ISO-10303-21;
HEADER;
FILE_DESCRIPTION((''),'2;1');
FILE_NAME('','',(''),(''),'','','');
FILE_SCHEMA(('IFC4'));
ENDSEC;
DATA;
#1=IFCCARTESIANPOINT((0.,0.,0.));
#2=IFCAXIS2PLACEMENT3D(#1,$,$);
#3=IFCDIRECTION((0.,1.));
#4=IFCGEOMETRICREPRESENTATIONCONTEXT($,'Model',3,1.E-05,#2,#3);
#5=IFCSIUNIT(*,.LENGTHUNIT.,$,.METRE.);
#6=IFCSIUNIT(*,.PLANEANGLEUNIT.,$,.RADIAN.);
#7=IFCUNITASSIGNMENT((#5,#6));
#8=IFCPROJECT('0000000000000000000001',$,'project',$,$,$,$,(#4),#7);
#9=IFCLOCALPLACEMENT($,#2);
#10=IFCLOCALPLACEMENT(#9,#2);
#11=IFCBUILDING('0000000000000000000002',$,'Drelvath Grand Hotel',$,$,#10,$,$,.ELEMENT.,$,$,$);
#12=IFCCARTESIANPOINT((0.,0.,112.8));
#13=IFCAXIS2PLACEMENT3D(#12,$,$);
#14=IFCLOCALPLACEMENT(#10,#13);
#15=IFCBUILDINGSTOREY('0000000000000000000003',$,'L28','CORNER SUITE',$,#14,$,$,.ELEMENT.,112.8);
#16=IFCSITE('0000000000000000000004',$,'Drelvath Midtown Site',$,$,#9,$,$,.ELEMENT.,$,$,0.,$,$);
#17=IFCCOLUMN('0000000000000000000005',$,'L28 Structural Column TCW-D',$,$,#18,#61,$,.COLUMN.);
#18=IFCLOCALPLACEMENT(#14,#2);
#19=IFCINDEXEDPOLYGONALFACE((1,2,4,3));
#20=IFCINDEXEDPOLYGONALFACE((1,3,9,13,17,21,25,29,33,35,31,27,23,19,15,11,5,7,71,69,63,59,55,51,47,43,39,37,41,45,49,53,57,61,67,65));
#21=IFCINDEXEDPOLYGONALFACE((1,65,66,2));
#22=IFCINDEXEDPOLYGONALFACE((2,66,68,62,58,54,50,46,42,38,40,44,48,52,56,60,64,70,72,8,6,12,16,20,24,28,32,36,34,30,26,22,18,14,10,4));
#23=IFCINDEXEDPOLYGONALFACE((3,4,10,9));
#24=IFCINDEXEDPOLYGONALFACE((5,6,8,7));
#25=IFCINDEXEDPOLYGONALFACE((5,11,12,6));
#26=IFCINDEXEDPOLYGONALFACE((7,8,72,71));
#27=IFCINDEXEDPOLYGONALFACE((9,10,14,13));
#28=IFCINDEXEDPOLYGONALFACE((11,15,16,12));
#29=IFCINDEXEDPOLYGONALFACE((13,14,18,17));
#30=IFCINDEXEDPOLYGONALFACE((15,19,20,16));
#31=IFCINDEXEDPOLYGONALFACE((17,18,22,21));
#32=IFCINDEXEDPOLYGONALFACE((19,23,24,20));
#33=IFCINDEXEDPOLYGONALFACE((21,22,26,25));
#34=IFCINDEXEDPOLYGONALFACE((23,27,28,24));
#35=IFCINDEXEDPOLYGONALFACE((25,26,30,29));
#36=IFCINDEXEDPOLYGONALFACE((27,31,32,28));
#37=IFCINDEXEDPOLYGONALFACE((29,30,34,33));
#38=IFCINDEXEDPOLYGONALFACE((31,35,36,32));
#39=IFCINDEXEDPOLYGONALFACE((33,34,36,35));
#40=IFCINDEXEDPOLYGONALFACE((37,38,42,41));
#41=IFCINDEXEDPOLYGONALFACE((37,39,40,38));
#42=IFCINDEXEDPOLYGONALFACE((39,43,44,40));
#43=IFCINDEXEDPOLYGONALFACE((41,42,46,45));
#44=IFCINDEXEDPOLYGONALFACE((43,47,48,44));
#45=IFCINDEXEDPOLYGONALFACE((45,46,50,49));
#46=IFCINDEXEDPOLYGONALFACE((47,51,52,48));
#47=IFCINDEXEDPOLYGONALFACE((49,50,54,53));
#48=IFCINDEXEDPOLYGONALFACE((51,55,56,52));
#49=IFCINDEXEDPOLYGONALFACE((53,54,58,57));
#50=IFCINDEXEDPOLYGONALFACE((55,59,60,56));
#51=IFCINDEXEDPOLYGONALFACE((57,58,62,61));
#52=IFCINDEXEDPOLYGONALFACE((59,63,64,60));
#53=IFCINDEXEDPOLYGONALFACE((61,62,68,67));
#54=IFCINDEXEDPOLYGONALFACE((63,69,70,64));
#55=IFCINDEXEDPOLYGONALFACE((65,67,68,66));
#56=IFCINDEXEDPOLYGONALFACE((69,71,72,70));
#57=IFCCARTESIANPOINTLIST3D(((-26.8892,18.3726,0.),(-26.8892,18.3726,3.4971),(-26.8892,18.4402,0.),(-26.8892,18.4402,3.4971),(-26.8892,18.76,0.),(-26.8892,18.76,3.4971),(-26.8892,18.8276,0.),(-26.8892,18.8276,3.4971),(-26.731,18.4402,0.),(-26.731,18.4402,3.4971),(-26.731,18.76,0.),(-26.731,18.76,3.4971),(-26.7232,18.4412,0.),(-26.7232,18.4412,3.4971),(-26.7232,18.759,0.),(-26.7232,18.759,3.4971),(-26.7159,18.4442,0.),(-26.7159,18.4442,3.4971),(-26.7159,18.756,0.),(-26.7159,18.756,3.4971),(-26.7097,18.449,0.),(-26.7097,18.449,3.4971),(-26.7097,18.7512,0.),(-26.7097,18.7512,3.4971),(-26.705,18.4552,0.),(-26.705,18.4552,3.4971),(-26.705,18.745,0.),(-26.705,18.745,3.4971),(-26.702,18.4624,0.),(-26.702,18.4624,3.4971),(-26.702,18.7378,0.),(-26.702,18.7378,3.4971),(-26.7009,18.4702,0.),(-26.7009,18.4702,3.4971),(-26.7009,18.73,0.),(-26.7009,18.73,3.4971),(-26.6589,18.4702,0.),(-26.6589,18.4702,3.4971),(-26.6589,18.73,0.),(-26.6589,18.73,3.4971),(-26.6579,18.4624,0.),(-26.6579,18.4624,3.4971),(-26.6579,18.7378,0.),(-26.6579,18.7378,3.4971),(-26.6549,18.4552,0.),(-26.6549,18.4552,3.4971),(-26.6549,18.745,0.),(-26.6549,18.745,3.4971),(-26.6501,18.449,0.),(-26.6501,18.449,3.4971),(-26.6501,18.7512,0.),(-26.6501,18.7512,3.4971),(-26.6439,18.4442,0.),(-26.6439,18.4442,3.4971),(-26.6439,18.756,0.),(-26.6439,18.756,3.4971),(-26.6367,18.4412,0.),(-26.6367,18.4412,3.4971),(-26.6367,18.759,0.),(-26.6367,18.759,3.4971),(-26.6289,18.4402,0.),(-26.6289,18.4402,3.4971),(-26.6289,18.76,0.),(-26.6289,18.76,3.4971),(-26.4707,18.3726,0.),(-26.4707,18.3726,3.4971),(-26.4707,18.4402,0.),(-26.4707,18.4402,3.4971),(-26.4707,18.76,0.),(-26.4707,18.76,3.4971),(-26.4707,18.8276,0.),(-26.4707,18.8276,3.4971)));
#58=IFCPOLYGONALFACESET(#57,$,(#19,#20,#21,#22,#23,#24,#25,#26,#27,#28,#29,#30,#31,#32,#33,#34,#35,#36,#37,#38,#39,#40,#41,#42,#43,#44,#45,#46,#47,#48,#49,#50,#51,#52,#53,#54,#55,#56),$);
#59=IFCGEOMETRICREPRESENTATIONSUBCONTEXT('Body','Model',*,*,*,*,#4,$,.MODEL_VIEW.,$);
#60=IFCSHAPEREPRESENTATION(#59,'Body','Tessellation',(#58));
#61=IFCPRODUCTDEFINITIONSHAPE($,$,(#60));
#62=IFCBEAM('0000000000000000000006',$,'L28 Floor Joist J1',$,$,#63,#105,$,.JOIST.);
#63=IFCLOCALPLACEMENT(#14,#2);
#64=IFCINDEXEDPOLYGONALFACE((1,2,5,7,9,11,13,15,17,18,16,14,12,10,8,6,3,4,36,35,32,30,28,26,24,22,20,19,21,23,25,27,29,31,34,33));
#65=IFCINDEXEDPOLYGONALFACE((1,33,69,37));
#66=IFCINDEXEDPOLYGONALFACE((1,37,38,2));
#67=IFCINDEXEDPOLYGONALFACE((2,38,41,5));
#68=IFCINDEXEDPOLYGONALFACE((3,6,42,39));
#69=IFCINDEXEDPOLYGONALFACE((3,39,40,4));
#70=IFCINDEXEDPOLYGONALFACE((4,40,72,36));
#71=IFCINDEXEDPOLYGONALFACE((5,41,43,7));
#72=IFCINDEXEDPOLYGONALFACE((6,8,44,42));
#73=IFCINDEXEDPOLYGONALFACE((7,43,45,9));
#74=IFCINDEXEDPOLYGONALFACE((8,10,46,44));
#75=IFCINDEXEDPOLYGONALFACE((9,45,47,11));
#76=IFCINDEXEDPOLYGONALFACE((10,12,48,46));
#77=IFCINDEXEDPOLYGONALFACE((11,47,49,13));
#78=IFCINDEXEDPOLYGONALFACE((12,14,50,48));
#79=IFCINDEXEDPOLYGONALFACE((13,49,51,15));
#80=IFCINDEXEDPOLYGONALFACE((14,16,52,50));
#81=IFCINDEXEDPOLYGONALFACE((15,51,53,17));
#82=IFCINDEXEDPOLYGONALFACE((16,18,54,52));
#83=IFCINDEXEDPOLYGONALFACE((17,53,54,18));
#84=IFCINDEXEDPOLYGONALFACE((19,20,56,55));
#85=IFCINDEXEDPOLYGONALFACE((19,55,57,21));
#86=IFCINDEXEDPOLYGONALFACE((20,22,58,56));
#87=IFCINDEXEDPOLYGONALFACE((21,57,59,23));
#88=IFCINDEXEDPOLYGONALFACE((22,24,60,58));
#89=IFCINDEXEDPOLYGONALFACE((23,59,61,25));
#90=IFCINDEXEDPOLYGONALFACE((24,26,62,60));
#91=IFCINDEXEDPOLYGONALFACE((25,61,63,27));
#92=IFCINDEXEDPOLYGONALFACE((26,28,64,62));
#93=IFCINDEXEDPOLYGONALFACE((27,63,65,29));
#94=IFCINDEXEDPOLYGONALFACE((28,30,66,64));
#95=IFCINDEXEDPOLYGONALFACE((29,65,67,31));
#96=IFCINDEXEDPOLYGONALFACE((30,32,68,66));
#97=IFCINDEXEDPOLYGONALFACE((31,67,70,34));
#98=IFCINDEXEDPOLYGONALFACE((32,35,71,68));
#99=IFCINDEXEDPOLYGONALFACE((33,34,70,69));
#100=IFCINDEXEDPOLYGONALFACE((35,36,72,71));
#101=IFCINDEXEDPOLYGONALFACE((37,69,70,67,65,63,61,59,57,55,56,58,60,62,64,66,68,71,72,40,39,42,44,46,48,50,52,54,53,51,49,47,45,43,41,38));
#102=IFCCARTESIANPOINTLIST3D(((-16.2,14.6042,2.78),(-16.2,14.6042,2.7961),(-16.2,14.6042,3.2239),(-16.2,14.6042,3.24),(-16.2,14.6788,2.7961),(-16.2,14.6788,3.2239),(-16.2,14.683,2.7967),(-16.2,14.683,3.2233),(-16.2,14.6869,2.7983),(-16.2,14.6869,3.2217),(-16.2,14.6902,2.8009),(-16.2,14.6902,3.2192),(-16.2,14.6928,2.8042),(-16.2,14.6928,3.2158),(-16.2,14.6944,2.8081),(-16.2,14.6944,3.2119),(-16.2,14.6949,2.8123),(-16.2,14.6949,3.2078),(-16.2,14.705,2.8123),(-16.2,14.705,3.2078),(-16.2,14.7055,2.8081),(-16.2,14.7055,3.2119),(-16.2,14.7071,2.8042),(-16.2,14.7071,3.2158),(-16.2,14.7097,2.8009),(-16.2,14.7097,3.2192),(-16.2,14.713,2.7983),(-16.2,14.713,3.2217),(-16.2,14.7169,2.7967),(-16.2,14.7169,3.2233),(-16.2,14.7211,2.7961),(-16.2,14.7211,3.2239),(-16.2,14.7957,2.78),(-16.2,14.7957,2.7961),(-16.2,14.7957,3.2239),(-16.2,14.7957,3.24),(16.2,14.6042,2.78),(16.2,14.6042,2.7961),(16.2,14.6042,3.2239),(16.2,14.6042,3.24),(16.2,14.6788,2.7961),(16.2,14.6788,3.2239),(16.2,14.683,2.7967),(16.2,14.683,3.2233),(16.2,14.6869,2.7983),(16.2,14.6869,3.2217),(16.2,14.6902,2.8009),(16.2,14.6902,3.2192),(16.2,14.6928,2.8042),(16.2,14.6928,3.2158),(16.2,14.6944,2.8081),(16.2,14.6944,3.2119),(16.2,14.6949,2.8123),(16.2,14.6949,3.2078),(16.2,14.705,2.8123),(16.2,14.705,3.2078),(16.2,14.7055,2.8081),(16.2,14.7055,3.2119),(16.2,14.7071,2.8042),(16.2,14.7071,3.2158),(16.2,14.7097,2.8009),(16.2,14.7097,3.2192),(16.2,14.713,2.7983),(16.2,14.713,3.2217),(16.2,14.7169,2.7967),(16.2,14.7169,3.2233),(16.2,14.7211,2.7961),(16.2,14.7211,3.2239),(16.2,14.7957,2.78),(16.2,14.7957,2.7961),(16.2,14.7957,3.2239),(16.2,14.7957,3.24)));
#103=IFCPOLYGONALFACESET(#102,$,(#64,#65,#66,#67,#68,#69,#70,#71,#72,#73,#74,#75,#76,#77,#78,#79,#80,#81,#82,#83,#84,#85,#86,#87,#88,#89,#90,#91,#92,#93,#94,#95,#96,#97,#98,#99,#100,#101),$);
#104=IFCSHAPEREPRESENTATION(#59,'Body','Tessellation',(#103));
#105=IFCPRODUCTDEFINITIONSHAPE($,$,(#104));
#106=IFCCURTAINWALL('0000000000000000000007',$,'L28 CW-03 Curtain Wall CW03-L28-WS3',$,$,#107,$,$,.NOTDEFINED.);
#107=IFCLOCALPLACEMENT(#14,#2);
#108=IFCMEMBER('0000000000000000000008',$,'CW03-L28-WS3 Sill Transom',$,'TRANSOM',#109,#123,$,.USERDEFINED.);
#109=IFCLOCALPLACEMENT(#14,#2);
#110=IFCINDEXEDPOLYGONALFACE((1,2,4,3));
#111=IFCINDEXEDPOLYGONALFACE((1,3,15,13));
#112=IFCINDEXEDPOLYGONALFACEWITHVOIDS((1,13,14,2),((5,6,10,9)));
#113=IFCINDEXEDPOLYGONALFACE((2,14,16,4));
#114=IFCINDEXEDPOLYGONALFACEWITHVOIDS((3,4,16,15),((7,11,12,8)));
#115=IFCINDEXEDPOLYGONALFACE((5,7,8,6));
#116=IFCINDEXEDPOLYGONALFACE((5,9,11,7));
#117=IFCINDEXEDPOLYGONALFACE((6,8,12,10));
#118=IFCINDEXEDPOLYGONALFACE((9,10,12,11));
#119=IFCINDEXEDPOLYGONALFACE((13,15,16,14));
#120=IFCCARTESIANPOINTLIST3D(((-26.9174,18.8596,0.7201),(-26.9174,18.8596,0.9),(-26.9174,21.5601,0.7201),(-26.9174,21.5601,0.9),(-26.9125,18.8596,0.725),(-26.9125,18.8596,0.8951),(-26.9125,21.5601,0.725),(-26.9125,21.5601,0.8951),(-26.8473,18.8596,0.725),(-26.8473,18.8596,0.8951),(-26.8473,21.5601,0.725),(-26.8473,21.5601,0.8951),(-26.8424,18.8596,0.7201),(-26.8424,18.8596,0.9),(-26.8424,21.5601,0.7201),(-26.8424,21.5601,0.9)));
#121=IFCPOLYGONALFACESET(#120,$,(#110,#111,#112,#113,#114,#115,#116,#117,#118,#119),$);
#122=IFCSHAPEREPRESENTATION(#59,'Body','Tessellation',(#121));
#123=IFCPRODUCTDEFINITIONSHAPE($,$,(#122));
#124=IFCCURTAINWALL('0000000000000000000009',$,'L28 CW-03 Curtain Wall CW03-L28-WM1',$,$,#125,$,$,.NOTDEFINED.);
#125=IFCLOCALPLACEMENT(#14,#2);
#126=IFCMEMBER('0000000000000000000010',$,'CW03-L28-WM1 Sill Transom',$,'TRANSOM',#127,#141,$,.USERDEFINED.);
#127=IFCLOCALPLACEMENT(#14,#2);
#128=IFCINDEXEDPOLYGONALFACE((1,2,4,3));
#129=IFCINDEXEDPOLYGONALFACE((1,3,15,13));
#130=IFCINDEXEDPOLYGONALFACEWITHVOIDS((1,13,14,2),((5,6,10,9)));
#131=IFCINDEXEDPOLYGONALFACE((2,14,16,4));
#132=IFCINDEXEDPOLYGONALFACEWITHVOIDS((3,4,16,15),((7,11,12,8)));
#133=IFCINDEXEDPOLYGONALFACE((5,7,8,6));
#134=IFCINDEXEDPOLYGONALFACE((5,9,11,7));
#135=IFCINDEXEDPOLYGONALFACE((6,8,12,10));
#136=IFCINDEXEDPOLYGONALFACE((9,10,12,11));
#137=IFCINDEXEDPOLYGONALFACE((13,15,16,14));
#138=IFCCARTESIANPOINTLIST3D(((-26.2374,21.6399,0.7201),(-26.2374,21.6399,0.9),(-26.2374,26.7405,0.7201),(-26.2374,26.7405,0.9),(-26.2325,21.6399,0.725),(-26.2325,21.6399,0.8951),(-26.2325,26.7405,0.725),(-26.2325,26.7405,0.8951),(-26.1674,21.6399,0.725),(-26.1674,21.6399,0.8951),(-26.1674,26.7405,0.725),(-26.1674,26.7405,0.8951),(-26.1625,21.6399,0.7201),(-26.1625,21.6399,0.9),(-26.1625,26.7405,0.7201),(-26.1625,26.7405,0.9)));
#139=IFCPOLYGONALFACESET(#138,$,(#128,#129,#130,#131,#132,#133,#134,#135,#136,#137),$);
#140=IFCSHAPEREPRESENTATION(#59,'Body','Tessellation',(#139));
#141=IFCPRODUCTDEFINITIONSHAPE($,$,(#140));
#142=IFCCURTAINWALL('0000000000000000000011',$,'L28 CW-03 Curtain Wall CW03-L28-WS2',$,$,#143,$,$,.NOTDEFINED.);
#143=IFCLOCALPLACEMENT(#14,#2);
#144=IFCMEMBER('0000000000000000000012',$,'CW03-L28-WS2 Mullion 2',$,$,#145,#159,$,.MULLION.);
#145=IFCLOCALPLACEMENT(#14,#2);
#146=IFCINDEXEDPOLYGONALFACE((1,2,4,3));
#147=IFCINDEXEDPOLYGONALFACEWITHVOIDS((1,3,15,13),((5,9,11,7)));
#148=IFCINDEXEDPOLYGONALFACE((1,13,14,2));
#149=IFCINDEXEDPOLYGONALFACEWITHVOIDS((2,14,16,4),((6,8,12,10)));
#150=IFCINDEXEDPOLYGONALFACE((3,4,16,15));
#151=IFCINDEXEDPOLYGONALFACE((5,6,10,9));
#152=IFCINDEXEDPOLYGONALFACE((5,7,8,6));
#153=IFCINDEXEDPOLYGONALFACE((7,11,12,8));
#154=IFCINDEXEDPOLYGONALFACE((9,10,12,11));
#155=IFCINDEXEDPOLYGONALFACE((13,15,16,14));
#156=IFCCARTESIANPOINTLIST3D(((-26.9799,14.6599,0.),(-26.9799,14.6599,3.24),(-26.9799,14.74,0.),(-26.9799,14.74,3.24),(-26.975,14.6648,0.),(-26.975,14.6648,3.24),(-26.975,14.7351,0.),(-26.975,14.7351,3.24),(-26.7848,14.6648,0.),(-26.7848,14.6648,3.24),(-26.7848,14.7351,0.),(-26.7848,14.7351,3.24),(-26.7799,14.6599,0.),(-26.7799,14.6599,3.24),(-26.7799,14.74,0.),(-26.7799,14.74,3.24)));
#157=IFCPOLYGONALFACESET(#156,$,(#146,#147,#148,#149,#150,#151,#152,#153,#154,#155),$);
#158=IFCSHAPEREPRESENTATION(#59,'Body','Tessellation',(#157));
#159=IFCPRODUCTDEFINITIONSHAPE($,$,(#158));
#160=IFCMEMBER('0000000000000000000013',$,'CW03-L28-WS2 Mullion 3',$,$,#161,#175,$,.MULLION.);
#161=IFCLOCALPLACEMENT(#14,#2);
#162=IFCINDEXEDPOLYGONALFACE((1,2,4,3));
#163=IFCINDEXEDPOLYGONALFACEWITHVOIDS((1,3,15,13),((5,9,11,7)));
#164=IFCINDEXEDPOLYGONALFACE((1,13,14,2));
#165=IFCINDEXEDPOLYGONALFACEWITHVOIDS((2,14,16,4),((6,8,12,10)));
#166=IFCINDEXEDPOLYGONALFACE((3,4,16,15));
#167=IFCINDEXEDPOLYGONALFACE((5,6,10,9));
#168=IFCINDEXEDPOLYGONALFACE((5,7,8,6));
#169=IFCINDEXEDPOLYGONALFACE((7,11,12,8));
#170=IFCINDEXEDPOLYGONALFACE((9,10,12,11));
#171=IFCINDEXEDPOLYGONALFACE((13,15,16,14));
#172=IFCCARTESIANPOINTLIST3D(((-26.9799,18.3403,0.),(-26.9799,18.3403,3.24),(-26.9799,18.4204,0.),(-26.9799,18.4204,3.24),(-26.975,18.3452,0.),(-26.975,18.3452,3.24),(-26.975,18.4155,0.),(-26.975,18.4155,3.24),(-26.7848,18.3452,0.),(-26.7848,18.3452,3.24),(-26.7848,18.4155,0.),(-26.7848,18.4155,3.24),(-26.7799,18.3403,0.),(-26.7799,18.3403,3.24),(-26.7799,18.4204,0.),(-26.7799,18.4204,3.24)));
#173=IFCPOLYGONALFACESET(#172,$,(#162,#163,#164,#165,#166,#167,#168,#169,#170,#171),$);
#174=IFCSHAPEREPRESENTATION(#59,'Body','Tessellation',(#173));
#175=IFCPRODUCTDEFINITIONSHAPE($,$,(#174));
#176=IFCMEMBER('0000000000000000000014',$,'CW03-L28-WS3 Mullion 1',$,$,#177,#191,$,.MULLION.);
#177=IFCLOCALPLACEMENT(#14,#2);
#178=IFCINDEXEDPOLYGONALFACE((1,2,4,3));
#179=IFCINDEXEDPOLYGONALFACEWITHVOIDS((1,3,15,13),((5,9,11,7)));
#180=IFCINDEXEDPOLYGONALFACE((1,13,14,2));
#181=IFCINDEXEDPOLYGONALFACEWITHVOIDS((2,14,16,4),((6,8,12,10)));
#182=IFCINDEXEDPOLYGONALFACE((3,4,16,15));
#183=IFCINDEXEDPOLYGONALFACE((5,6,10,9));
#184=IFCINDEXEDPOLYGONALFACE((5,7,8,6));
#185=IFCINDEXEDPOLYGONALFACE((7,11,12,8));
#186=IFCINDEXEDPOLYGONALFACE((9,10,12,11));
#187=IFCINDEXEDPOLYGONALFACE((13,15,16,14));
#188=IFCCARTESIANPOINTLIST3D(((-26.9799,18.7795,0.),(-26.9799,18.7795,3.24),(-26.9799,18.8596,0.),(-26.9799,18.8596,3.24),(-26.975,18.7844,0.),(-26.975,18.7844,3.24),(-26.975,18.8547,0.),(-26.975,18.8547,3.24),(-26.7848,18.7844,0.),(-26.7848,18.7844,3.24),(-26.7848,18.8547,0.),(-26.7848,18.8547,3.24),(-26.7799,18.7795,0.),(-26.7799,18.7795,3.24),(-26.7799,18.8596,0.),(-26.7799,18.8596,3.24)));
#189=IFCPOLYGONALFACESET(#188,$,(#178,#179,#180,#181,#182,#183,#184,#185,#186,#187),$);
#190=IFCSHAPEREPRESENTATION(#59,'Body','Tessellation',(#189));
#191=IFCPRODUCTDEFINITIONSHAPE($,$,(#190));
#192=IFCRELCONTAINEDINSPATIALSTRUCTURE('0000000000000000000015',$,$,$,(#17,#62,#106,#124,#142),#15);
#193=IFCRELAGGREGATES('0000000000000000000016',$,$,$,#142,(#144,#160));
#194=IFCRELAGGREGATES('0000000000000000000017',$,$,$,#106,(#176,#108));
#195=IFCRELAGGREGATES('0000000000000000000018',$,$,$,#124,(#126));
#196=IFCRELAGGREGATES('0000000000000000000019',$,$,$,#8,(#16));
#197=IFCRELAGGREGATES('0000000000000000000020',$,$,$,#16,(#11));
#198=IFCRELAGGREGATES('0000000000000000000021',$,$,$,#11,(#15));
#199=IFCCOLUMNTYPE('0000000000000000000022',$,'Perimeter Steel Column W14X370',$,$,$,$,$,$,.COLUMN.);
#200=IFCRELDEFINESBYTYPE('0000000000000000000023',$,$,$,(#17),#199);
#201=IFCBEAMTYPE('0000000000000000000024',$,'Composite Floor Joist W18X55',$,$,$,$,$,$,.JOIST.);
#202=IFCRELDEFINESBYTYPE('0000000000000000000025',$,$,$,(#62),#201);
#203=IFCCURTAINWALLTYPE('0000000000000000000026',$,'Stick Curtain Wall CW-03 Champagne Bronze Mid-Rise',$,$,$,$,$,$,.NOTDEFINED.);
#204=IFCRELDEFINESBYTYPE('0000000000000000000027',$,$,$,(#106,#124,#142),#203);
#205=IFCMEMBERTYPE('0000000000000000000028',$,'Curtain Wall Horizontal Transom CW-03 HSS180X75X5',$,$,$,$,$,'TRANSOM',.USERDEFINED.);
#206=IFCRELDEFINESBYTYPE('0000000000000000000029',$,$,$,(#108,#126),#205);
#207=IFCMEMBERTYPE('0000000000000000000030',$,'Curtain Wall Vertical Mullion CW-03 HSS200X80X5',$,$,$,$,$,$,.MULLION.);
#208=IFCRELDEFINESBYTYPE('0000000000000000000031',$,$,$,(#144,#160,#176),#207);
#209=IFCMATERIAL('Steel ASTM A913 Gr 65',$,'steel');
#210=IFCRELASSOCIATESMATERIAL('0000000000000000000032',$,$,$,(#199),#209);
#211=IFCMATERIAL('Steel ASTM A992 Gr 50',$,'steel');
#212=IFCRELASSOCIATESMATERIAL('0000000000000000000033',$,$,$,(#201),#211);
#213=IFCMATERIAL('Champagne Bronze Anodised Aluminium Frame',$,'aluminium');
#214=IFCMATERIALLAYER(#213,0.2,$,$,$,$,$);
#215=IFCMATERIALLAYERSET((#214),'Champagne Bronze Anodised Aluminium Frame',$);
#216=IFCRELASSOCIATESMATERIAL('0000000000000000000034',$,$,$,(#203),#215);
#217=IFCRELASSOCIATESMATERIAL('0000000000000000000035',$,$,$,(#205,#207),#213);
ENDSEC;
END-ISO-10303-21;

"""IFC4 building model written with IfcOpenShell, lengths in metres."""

from ifc_helpers import new_model, si_unit, direction, frame, origin, origin_2d, place, context, subcontext, project, spatial, hollow_rectangle, i_section, extrude, material, layer, layer_set, material_profile, profile_set, type_object, element, aggregate, save


model = new_model("IFC4")

# Units and contexts
model_context = context("Model", 3, precision=1e-05, world=origin(), true_north=direction((0.0, 1.0)))
body_context = subcontext(model_context, "Body", "Model", "MODEL_VIEW")
ifc_project = project(units=[si_unit("LENGTHUNIT", "METRE"), si_unit("PLANEANGLEUNIT", "RADIAN")], contexts=[model_context])

# Site, building, storey
site_placement = place(None, origin())
site = spatial("IfcSite", under=ifc_project, at=site_placement, Name="Drelvath Midtown Site", CompositionType="ELEMENT", RefElevation=0.0)
building_placement = place(site_placement, origin())
building = spatial("IfcBuilding", under=site, at=building_placement, Name="Drelvath Grand Hotel", CompositionType="ELEMENT")
storey_placement = place(building_placement, frame((0.0, 0.0, 112.8)))
storey = spatial("IfcBuildingStorey", under=building, at=storey_placement, Name="L28", Description="CORNER SUITE", CompositionType="ELEMENT", Elevation=112.8)

# Column
ifc_material_1 = material(Name="Steel ASTM A913 Gr 65", Category="steel")
ifc_material_profile_1 = material_profile(ifc_material_1, i_section(OverallWidth=0.4185, OverallDepth=0.4551, WebThickness=0.042, FlangeThickness=0.0676, FilletRadius=0.03, at=origin_2d()), Name="W14X370")
ifc_profile_set_1 = profile_set([ifc_material_profile_1], Name="Steel ASTM A913 Gr 65")
column_type = type_object("IfcColumnType", Name="Perimeter Steel Column W14X370", PredefinedType="COLUMN", material=ifc_profile_set_1)
column_placement = place(storey_placement, frame((-26.6799, 18.6001, 0.0), z_axis=(0.0, 0.0, 1.0), x_axis=(1.0, 0.0, 0.0)))
element("IfcColumn", 1, at=column_placement, inside=storey, type_object=column_type, Name="L28 Structural Column TCW-D", PredefinedType="COLUMN", context=body_context, shape_type="SweptSolid", body=[
    extrude(i_section(OverallWidth=0.4185, OverallDepth=0.4551, WebThickness=0.042, FlangeThickness=0.0676, FilletRadius=0.03, at=origin_2d()), origin(), (0.0, 0.0, 1.0), 3.4971),
])

# Beam
ifc_material_2 = material(Name="Steel ASTM A992 Gr 50", Category="steel")
ifc_material_profile_2 = material_profile(ifc_material_2, i_section(OverallWidth=0.1914, OverallDepth=0.46, WebThickness=0.01, FlangeThickness=0.0161, FilletRadius=0.0161, at=origin_2d()), Name="W18X55")
ifc_profile_set_2 = profile_set([ifc_material_profile_2], Name="Steel ASTM A992 Gr 50")
beam_type_1 = type_object("IfcBeamType", Name="Composite Floor Joist W18X55", PredefinedType="JOIST", material=ifc_profile_set_2)
beam_1_placement = place(storey_placement, frame((-16.2, 14.7, 3.01), z_axis=(1.0, 0.0, 0.0), x_axis=(0.0, 1.0, 0.0)))
element("IfcBeam", 2, at=beam_1_placement, inside=storey, type_object=beam_type_1, Name="L28 Floor Joist J1", PredefinedType="JOIST", context=body_context, shape_type="SweptSolid", body=[
    extrude(i_section(OverallWidth=0.1914, OverallDepth=0.46, WebThickness=0.01, FlangeThickness=0.0161, FilletRadius=0.0161, at=origin_2d()), origin(), (0.0, 0.0, 1.0), 32.3999),
])

# Curtain walls, members
ifc_material_3 = material(Name="Champagne Bronze Anodised Aluminium Frame", Category="aluminium")
ifc_layer_1 = layer(ifc_material_3, 0.2)
ifc_layer_set_1 = layer_set([ifc_layer_1], Name="Champagne Bronze Anodised Aluminium Frame")
curtain_wall_type = type_object("IfcCurtainWallType", Name="Stick Curtain Wall CW-03 Champagne Bronze Mid-Rise", PredefinedType="NOTDEFINED", material=ifc_layer_set_1)
curtain_wall_1_placement = place(storey_placement, origin())
curtain_wall_1 = element("IfcCurtainWall", 3, at=curtain_wall_1_placement, inside=storey, type_object=curtain_wall_type, Name="L28 CW-03 Curtain Wall CW03-L28-WS3", PredefinedType="NOTDEFINED")
ifc_material_profile_3 = material_profile(ifc_material_3, hollow_rectangle(XDim=0.075, YDim=0.1799, WallThickness=0.0049, at=origin_2d()), Name="HSS180X75X5")
ifc_profile_set_3 = profile_set([ifc_material_profile_3], Name="Champagne Bronze Anodised Aluminium Frame")
member_type_1 = type_object("IfcMemberType", Name="Curtain Wall Horizontal Transom CW-03 HSS180X75X5", ElementType="TRANSOM", PredefinedType="USERDEFINED", material=ifc_profile_set_3)
member_1_placement = place(storey_placement, frame((-26.8799, 18.8596, 0.8101), z_axis=(0.0, 1.0, 0.0), x_axis=(-1.0, 0.0, 0.0)))
member_1 = element("IfcMember", 4, at=member_1_placement, type_object=member_type_1, Name="CW03-L28-WS3 Sill Transom", ObjectType="TRANSOM", PredefinedType="USERDEFINED", context=body_context, shape_type="SweptSolid", body=[
    extrude(hollow_rectangle(XDim=0.075, YDim=0.1799, WallThickness=0.0049, at=origin_2d()), origin(), (0.0, 0.0, 1.0), 2.7004),
])
curtain_wall_2_placement = place(storey_placement, origin())
curtain_wall_2 = element("IfcCurtainWall", 5, at=curtain_wall_2_placement, inside=storey, type_object=curtain_wall_type, Name="L28 CW-03 Curtain Wall CW03-L28-WM1", PredefinedType="NOTDEFINED")
member_2_placement = place(storey_placement, frame((-26.2, 21.6399, 0.8101), z_axis=(0.0, 1.0, 0.0), x_axis=(-1.0, 0.0, 0.0)))
member_2 = element("IfcMember", 6, at=member_2_placement, type_object=member_type_1, Name="CW03-L28-WM1 Sill Transom", ObjectType="TRANSOM", PredefinedType="USERDEFINED", context=body_context, shape_type="SweptSolid", body=[
    extrude(hollow_rectangle(XDim=0.075, YDim=0.1799, WallThickness=0.0049, at=origin_2d()), origin(), (0.0, 0.0, 1.0), 5.1006),
])

# Curtain wall, members
curtain_wall_3_placement = place(storey_placement, origin())
curtain_wall_3 = element("IfcCurtainWall", 7, at=curtain_wall_3_placement, inside=storey, type_object=curtain_wall_type, Name="L28 CW-03 Curtain Wall CW03-L28-WS2", PredefinedType="NOTDEFINED")
ifc_material_profile_4 = material_profile(ifc_material_3, hollow_rectangle(XDim=0.0801, YDim=0.2, WallThickness=0.0049, at=origin_2d()), Name="HSS200X80X5")
ifc_profile_set_4 = profile_set([ifc_material_profile_4], Name="Champagne Bronze Anodised Aluminium Frame")
member_type_2 = type_object("IfcMemberType", Name="Curtain Wall Vertical Mullion CW-03 HSS200X80X5", PredefinedType="MULLION", material=ifc_profile_set_4)
member_3_placement = place(storey_placement, frame((-26.8799, 14.7, 0.0), z_axis=(0.0, 0.0, 1.0), x_axis=(0.0, 1.0, 0.0)))
member_3 = element("IfcMember", 8, at=member_3_placement, type_object=member_type_2, Name="CW03-L28-WS2 Mullion 2", PredefinedType="MULLION", context=body_context, shape_type="SweptSolid", body=[
    extrude(hollow_rectangle(XDim=0.0801, YDim=0.2, WallThickness=0.0049, at=origin_2d()), origin(), (0.0, 0.0, 1.0), 3.24),
])
member_4_placement = place(storey_placement, frame((-26.8799, 18.3804, 0.0), z_axis=(0.0, 0.0, 1.0), x_axis=(0.0, 1.0, 0.0)))
member_4 = element("IfcMember", 9, at=member_4_placement, type_object=member_type_2, Name="CW03-L28-WS2 Mullion 3", PredefinedType="MULLION", context=body_context, shape_type="SweptSolid", body=[
    extrude(hollow_rectangle(XDim=0.0801, YDim=0.2, WallThickness=0.0049, at=origin_2d()), origin(), (0.0, 0.0, 1.0), 3.24),
])

# Member
member_5_placement = place(storey_placement, frame((-26.8799, 18.8196, 0.0), z_axis=(0.0, 0.0, 1.0), x_axis=(0.0, 1.0, 0.0)))
member_5 = element("IfcMember", 10, at=member_5_placement, type_object=member_type_2, Name="CW03-L28-WS3 Mullion 1", PredefinedType="MULLION", context=body_context, shape_type="SweptSolid", body=[
    extrude(hollow_rectangle(XDim=0.0801, YDim=0.2, WallThickness=0.0049, at=origin_2d()), origin(), (0.0, 0.0, 1.0), 3.24),
])

aggregate(curtain_wall_3, [member_3, member_4])
aggregate(curtain_wall_1, [member_5, member_1])
aggregate(curtain_wall_2, [member_2])

save(model, "model.ifc")
